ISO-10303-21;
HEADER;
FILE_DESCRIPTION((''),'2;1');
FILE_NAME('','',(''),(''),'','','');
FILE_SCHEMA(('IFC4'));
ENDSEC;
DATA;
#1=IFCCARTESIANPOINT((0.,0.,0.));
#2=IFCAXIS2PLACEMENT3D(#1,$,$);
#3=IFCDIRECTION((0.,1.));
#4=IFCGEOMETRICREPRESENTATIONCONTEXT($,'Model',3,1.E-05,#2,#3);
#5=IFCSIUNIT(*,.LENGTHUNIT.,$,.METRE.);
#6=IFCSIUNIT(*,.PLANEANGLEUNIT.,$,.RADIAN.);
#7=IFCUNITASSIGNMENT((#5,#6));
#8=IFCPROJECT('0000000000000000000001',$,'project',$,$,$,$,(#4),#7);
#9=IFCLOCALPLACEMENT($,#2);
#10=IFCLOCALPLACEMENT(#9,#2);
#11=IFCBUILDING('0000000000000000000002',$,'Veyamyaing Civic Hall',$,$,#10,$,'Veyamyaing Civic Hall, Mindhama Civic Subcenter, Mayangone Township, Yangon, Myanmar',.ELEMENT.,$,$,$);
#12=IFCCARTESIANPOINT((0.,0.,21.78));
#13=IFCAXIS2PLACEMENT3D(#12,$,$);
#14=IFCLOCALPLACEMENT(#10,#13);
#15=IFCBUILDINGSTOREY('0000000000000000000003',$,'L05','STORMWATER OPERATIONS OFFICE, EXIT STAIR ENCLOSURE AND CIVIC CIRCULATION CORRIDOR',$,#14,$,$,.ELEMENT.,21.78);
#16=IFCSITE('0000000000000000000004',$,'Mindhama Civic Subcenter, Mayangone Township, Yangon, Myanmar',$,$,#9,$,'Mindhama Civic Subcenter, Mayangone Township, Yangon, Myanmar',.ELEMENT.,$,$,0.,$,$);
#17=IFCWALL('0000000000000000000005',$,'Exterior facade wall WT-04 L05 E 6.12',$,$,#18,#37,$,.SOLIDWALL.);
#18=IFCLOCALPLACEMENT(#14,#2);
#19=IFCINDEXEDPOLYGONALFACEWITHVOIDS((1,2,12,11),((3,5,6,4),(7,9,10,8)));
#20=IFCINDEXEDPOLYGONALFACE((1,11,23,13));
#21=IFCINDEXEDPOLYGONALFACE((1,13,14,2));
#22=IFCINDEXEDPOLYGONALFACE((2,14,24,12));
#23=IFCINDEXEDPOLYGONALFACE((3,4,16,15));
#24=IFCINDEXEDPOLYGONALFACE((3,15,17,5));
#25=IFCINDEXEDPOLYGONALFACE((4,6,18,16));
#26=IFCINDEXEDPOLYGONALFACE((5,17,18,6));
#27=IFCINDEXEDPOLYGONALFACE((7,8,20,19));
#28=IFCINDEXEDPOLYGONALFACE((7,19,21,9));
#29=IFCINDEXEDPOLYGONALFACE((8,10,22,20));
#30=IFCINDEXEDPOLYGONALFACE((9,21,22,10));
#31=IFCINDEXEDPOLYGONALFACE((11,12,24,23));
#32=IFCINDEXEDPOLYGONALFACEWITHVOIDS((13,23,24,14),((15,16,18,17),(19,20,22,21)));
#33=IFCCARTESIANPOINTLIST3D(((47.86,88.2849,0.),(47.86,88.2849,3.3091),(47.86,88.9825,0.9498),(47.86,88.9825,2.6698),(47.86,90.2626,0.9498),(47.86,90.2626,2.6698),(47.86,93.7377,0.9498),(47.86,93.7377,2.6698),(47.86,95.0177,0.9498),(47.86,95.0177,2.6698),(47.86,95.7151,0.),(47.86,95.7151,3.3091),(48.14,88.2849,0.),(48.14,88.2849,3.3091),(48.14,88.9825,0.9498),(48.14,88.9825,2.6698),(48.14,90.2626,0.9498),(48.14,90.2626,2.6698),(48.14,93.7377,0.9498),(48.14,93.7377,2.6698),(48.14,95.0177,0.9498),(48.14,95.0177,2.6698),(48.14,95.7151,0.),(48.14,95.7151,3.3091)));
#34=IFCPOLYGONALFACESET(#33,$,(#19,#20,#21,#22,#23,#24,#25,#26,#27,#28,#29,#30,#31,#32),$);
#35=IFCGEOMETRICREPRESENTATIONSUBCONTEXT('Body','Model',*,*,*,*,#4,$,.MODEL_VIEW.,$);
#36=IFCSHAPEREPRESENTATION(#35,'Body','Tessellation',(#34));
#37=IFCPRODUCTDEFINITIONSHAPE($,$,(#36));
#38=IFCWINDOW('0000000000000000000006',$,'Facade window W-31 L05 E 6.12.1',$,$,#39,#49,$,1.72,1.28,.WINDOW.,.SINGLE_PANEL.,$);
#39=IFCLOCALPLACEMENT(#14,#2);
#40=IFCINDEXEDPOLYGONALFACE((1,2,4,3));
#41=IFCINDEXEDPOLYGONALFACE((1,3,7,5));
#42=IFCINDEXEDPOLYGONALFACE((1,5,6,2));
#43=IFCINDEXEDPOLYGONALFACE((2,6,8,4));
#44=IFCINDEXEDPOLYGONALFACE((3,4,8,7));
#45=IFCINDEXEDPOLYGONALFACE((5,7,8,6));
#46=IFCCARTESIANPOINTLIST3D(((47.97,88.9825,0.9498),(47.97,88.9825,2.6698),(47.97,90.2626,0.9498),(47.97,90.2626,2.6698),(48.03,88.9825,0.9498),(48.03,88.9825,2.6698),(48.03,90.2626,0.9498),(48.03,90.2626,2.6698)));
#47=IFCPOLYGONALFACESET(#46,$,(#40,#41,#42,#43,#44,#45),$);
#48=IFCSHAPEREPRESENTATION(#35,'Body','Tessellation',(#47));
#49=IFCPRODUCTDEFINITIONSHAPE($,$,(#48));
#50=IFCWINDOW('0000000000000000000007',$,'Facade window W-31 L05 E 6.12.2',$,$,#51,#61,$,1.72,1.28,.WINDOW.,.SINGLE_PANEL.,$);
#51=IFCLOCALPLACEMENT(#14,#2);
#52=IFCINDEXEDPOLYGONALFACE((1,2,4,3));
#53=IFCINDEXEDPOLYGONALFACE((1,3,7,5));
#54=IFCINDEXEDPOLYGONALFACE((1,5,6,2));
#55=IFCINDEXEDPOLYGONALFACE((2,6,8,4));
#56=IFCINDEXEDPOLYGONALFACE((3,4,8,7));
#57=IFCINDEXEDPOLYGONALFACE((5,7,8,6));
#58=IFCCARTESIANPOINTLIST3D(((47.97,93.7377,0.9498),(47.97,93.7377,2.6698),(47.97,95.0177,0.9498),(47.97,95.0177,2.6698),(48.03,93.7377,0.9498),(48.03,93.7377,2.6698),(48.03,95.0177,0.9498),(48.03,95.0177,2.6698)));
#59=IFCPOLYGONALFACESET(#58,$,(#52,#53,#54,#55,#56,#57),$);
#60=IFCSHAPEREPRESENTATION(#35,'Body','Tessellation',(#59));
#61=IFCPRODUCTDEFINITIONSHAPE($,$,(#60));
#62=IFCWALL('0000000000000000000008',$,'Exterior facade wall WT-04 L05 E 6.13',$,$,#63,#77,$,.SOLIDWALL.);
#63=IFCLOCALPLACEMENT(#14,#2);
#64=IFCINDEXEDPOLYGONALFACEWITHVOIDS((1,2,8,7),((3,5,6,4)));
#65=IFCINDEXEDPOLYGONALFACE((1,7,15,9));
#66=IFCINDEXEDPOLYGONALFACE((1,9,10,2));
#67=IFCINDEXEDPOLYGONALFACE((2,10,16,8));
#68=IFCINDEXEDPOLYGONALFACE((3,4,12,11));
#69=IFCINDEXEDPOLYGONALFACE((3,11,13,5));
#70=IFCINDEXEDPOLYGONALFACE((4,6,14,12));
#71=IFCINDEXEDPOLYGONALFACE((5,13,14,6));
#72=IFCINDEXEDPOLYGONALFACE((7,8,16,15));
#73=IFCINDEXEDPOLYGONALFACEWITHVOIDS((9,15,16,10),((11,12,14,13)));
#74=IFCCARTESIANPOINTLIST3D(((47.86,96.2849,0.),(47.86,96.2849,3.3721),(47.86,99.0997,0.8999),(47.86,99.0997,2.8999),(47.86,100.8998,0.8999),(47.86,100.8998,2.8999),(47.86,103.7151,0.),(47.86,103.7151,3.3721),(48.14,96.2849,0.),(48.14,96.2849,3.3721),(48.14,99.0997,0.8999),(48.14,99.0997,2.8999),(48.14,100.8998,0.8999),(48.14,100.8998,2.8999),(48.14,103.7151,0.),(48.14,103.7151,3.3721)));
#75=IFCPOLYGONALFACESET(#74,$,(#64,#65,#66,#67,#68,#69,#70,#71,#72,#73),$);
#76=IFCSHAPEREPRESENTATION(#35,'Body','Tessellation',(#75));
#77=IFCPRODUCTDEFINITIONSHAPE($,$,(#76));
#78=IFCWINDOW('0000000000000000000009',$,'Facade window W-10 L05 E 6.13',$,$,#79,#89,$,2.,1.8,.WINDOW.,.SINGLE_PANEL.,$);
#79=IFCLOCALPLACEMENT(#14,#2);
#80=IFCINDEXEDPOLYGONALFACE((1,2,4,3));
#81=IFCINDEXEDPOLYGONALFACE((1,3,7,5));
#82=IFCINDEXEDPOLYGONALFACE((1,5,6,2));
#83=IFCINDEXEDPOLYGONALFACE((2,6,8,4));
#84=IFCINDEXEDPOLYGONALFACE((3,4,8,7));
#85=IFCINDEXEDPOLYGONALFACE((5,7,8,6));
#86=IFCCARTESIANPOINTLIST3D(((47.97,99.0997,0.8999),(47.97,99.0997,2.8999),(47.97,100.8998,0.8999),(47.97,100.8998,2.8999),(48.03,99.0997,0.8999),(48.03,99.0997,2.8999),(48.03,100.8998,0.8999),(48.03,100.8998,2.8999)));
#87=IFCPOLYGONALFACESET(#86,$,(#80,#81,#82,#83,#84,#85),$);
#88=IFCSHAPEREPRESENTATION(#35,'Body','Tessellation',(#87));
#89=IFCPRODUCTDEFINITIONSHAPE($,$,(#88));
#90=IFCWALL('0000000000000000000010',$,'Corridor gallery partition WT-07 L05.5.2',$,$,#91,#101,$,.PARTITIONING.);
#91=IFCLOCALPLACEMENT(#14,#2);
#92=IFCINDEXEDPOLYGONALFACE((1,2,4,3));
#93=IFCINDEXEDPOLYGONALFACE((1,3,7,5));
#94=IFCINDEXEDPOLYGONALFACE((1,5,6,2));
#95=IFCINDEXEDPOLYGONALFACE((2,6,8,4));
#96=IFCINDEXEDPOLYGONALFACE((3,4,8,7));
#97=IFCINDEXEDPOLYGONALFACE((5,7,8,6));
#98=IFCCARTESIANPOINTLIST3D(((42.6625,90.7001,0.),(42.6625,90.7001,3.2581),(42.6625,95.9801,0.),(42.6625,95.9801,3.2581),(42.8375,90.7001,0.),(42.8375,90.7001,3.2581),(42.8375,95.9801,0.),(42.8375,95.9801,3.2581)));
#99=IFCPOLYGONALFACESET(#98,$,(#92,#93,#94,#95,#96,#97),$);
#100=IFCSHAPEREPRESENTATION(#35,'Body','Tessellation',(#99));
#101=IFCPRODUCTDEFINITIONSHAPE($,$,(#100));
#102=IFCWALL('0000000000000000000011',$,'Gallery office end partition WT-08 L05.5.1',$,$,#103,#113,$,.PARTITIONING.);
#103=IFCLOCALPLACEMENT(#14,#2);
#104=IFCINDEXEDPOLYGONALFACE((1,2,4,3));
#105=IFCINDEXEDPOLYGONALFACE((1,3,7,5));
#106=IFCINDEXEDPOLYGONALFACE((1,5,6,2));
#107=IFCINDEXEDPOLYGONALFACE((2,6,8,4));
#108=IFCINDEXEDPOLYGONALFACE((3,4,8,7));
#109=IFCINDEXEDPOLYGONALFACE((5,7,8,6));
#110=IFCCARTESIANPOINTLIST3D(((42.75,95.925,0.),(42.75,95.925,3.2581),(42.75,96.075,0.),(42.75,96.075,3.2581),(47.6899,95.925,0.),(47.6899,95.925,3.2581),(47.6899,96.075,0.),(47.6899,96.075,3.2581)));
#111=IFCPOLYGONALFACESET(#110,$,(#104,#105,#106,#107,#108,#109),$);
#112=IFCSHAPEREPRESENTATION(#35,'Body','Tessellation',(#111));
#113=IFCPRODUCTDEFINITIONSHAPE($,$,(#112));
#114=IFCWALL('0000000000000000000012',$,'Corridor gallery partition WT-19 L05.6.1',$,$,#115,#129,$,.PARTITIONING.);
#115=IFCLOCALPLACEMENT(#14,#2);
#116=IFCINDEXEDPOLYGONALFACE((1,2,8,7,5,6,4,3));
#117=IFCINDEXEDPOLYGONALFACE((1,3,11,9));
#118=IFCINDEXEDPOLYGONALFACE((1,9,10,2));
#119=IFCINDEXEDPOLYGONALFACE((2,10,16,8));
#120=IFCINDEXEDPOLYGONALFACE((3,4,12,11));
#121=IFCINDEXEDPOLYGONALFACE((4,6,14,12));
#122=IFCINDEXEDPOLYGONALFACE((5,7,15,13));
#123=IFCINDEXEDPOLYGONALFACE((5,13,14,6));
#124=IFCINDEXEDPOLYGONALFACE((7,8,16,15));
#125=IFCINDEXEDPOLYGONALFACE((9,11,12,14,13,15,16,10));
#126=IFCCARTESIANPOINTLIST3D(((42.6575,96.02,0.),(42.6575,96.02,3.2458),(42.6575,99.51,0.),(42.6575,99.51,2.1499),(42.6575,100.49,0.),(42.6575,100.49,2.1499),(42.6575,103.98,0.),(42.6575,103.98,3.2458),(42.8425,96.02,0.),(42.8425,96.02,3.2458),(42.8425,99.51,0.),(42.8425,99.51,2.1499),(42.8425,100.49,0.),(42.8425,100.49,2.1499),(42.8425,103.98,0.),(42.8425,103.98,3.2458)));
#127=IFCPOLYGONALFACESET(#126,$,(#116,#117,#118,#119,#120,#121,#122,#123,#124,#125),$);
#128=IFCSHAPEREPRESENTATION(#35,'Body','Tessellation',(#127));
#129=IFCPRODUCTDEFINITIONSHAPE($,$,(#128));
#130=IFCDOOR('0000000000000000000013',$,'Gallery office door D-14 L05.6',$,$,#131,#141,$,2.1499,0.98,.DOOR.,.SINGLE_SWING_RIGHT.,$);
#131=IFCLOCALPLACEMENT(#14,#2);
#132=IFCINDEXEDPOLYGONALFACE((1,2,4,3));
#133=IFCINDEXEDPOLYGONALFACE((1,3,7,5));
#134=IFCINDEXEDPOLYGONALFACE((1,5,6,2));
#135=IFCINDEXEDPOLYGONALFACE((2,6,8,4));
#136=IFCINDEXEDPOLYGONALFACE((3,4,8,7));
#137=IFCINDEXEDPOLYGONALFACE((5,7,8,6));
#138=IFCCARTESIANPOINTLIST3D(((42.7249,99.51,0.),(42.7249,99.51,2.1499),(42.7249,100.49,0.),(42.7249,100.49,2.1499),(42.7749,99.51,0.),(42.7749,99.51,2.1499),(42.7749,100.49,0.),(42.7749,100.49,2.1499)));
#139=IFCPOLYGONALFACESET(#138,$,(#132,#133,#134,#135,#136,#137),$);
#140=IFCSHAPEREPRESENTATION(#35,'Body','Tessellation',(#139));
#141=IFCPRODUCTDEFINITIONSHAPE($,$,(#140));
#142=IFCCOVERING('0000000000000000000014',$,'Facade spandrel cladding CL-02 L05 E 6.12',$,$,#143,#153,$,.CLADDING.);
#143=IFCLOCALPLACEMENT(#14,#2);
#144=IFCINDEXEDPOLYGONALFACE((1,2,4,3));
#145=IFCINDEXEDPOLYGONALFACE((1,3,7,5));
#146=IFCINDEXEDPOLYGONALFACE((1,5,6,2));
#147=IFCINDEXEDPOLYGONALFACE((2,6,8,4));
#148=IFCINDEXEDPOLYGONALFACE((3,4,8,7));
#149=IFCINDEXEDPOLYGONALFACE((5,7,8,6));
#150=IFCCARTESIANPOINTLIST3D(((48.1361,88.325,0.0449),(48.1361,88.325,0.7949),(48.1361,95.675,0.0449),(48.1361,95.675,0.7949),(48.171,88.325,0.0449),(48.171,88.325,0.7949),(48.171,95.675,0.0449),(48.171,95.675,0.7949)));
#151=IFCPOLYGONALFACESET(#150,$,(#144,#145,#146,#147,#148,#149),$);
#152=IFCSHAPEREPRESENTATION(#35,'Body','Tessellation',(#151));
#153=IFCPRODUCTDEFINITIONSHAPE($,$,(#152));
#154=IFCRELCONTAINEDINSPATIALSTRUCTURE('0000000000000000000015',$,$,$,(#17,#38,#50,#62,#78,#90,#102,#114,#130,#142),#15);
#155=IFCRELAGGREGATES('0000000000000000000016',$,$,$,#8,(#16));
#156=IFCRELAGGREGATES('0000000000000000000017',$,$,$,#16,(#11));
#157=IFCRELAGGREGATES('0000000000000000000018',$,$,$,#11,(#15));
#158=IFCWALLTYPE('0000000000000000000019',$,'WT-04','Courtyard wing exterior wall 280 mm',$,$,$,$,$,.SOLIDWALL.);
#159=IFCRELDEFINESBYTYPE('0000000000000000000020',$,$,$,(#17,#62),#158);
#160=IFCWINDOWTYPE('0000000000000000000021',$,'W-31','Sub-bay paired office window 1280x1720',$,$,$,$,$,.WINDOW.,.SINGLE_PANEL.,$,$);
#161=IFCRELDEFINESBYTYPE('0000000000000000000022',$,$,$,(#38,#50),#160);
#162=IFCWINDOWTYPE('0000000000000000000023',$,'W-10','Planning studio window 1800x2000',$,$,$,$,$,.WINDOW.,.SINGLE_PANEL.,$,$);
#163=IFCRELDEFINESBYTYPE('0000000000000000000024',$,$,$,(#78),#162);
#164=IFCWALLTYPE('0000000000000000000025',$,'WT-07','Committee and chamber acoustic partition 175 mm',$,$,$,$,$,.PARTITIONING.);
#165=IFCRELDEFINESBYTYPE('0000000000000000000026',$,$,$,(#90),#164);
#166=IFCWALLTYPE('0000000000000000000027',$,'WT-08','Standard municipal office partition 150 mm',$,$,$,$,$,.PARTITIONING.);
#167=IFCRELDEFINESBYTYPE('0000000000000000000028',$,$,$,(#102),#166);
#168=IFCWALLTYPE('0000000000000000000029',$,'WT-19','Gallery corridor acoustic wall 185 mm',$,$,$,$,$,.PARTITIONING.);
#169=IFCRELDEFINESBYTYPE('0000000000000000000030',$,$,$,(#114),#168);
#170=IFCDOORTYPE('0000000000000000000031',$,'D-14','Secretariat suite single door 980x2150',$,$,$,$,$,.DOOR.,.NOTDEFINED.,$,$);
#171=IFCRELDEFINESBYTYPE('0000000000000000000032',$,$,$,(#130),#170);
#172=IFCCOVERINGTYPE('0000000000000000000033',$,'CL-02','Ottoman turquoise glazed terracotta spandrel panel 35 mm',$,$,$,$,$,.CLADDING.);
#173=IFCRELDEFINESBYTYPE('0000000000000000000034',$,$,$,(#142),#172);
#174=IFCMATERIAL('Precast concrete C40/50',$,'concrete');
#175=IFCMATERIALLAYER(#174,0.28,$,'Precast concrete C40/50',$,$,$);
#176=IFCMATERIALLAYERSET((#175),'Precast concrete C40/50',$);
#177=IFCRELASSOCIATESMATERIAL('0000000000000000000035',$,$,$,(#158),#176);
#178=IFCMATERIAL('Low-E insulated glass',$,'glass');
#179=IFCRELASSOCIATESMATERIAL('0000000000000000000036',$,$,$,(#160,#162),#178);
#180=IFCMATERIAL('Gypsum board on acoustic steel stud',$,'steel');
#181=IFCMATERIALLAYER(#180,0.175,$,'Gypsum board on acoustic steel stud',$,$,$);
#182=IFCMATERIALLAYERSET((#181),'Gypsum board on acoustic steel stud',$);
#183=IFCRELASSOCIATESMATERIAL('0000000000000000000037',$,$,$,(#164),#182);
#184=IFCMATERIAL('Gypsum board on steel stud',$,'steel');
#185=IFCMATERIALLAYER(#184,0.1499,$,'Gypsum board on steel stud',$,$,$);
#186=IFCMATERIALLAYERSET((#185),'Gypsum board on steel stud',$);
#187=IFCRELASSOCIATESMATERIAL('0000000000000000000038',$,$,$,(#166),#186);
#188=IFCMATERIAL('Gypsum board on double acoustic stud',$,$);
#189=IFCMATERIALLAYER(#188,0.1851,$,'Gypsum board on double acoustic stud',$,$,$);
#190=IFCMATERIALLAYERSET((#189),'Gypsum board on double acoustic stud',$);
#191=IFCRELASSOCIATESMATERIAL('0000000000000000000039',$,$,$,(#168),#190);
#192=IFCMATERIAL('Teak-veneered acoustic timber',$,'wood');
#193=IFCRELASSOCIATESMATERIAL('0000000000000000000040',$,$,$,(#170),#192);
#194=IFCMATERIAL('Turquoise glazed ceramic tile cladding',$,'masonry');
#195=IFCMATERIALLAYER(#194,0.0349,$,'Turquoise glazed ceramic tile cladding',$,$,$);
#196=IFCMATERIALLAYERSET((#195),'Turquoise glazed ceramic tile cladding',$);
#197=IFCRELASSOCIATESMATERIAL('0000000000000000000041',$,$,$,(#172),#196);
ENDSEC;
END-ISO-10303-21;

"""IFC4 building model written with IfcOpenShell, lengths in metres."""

from ifc_helpers import new_model, si_unit, direction, frame, frame_2d, origin, origin_2d, place, context, subcontext, project, spatial, rectangle, extrude, material, layer, layer_set, type_object, element, fill, save


model = new_model("IFC4")

# Units and contexts
model_context = context("Model", 3, precision=1e-05, world=origin(), true_north=direction((0.0, 1.0)))
body_context = subcontext(model_context, "Body", "Model", "MODEL_VIEW")
ifc_project = project(units=[si_unit("LENGTHUNIT", "METRE"), si_unit("PLANEANGLEUNIT", "RADIAN")], contexts=[model_context])

# Site, building, storey
site_placement = place(None, origin())
site = spatial("IfcSite", under=ifc_project, at=site_placement, Name="Mindhama Civic Subcenter, Mayangone Township, Yangon, Myanmar", LongName="Mindhama Civic Subcenter, Mayangone Township, Yangon, Myanmar", CompositionType="ELEMENT", RefElevation=0.0)
building_placement = place(site_placement, origin())
building = spatial("IfcBuilding", under=site, at=building_placement, Name="Veyamyaing Civic Hall", LongName="Veyamyaing Civic Hall, Mindhama Civic Subcenter, Mayangone Township, Yangon, Myanmar", CompositionType="ELEMENT")
storey_placement = place(building_placement, frame((0.0, 0.0, 21.78)))
storey = spatial("IfcBuildingStorey", under=building, at=storey_placement, Name="L05", Description="STORMWATER OPERATIONS OFFICE, EXIT STAIR ENCLOSURE AND CIVIC CIRCULATION CORRIDOR", CompositionType="ELEMENT", Elevation=21.78)

# Wall, openings, windows
ifc_material_1 = material(Name="Precast concrete C40/50", Category="concrete")
ifc_layer_1 = layer(ifc_material_1, 0.28, Name="Precast concrete C40/50")
ifc_layer_set_1 = layer_set([ifc_layer_1], Name="Precast concrete C40/50")
wall_type_1 = type_object("IfcWallType", Name="WT-04", Description="Courtyard wing exterior wall 280 mm", PredefinedType="SOLIDWALL", material=ifc_layer_set_1)
ifc_material_2 = material(Name="Low-E insulated glass", Category="glass")
window_type_1 = type_object("IfcWindowType", Name="W-31", Description="Sub-bay paired office window 1280x1720", PartitioningType="SINGLE_PANEL", PredefinedType="WINDOW", material=ifc_material_2)
wall_1_placement = place(storey_placement, frame((48.0, 88.2849, 0.0), z_axis=(0.0, 0.0, 1.0), x_axis=(0.0, 1.0, 0.0)))
wall_1 = element("IfcWall", 1, at=wall_1_placement, inside=storey, type_object=wall_type_1, Name="Exterior facade wall WT-04 L05 E 6.12", PredefinedType="SOLIDWALL", context=body_context, shape_type="SweptSolid", body=[
    extrude(rectangle(XDim=7.4302, YDim=0.28, at=frame_2d((3.7151, 0.0))), origin(), (0.0, 0.0, 1.0), 3.3091),
])
opening_1_placement = place(wall_1_placement, frame((0.6975, 0.0, 0.95)))
opening_1 = element("IfcOpeningElement", 2, at=opening_1_placement, cuts=wall_1, PredefinedType="OPENING", context=body_context, shape_type="SweptSolid", body=[
    extrude(rectangle(XDim=1.28, YDim=1.72, at=frame_2d((0.6401, 0.8599))), frame((0.0, 0.1499, 0.0), z_axis=(0.0, -1.0, 0.0), x_axis=(1.0, 0.0, 0.0)), (0.0, 0.0, 1.0), 0.3),
])
opening_2_placement = place(wall_1_placement, frame((5.4526, 0.0, 0.95)))
opening_2 = element("IfcOpeningElement", 3, at=opening_2_placement, cuts=wall_1, PredefinedType="OPENING", context=body_context, shape_type="SweptSolid", body=[
    extrude(rectangle(XDim=1.28, YDim=1.72, at=frame_2d((0.6401, 0.8599))), frame((0.0, 0.1499, 0.0), z_axis=(0.0, -1.0, 0.0), x_axis=(1.0, 0.0, 0.0)), (0.0, 0.0, 1.0), 0.3),
])
window_1_placement = place(opening_1_placement, origin())
window_1 = element("IfcWindow", 4, at=window_1_placement, inside=storey, type_object=window_type_1, Name="Facade window W-31 L05 E 6.12.1", OverallHeight=1.72, OverallWidth=1.28, PartitioningType="SINGLE_PANEL", PredefinedType="WINDOW", context=body_context, shape_type="SweptSolid", body=[
    extrude(rectangle(XDim=1.28, YDim=1.72, at=frame_2d((0.6401, 0.8599))), frame((0.0, 0.03, 0.0), z_axis=(0.0, -1.0, 0.0), x_axis=(1.0, 0.0, 0.0)), (0.0, 0.0, 1.0), 0.0601),
])
fill(opening_1, window_1)
window_2_placement = place(opening_2_placement, origin())
window_2 = element("IfcWindow", 5, at=window_2_placement, inside=storey, type_object=window_type_1, Name="Facade window W-31 L05 E 6.12.2", OverallHeight=1.72, OverallWidth=1.28, PartitioningType="SINGLE_PANEL", PredefinedType="WINDOW", context=body_context, shape_type="SweptSolid", body=[
    extrude(rectangle(XDim=1.28, YDim=1.72, at=frame_2d((0.6401, 0.8599))), frame((0.0, 0.03, 0.0), z_axis=(0.0, -1.0, 0.0), x_axis=(1.0, 0.0, 0.0)), (0.0, 0.0, 1.0), 0.0601),
])
fill(opening_2, window_2)

# Wall, opening, window
wall_2_placement = place(storey_placement, frame((48.0, 96.2849, 0.0), z_axis=(0.0, 0.0, 1.0), x_axis=(0.0, 1.0, 0.0)))
wall_2 = element("IfcWall", 6, at=wall_2_placement, inside=storey, type_object=wall_type_1, Name="Exterior facade wall WT-04 L05 E 6.13", PredefinedType="SOLIDWALL", context=body_context, shape_type="SweptSolid", body=[
    extrude(rectangle(XDim=7.4302, YDim=0.28, at=frame_2d((3.7151, 0.0))), origin(), (0.0, 0.0, 1.0), 3.3721),
])
opening_3_placement = place(wall_2_placement, frame((2.8149, 0.0, 0.8999)))
opening_3 = element("IfcOpeningElement", 7, at=opening_3_placement, cuts=wall_2, PredefinedType="OPENING", context=body_context, shape_type="SweptSolid", body=[
    extrude(rectangle(XDim=1.8, YDim=2.0, at=frame_2d((0.8999, 1.0))), frame((0.0, 0.1499, 0.0), z_axis=(0.0, -1.0, 0.0), x_axis=(1.0, 0.0, 0.0)), (0.0, 0.0, 1.0), 0.3),
])
window_type_2 = type_object("IfcWindowType", Name="W-10", Description="Planning studio window 1800x2000", PartitioningType="SINGLE_PANEL", PredefinedType="WINDOW", material=ifc_material_2)
window_3_placement = place(opening_3_placement, origin())
window_3 = element("IfcWindow", 8, at=window_3_placement, inside=storey, type_object=window_type_2, Name="Facade window W-10 L05 E 6.13", OverallHeight=2.0, OverallWidth=1.8, PartitioningType="SINGLE_PANEL", PredefinedType="WINDOW", context=body_context, shape_type="SweptSolid", body=[
    extrude(rectangle(XDim=1.8, YDim=2.0, at=frame_2d((0.8999, 1.0))), frame((0.0, 0.03, 0.0), z_axis=(0.0, -1.0, 0.0), x_axis=(1.0, 0.0, 0.0)), (0.0, 0.0, 1.0), 0.0601),
])
fill(opening_3, window_3)

# Shared definitions
ifc_material_3 = material(Name="Gypsum board on acoustic steel stud", Category="steel")
ifc_layer_2 = layer(ifc_material_3, 0.175, Name="Gypsum board on acoustic steel stud")
ifc_layer_set_2 = layer_set([ifc_layer_2], Name="Gypsum board on acoustic steel stud")
wall_type_2 = type_object("IfcWallType", Name="WT-07", Description="Committee and chamber acoustic partition 175 mm", PredefinedType="PARTITIONING", material=ifc_layer_set_2)
ifc_material_4 = material(Name="Teak-veneered acoustic timber", Category="wood")

# Walls
wall_3_placement = place(storey_placement, frame((42.75, 90.7, 0.0), z_axis=(0.0, 0.0, 1.0), x_axis=(0.0, 1.0, 0.0)))
element("IfcWall", 9, at=wall_3_placement, inside=storey, type_object=wall_type_2, Name="Corridor gallery partition WT-07 L05.5.2", PredefinedType="PARTITIONING", context=body_context, shape_type="SweptSolid", body=[
    extrude(rectangle(XDim=5.28, YDim=0.175, at=frame_2d((2.6401, 0.0))), origin(), (0.0, 0.0, 1.0), 3.2581),
])
ifc_material_5 = material(Name="Gypsum board on steel stud", Category="steel")
ifc_layer_3 = layer(ifc_material_5, 0.1499, Name="Gypsum board on steel stud")
ifc_layer_set_3 = layer_set([ifc_layer_3], Name="Gypsum board on steel stud")
wall_type_3 = type_object("IfcWallType", Name="WT-08", Description="Standard municipal office partition 150 mm", PredefinedType="PARTITIONING", material=ifc_layer_set_3)
wall_4_placement = place(storey_placement, frame((42.75, 96.0, 0.0), z_axis=(0.0, 0.0, 1.0), x_axis=(1.0, 0.0, 0.0)))
element("IfcWall", 10, at=wall_4_placement, inside=storey, type_object=wall_type_3, Name="Gallery office end partition WT-08 L05.5.1", PredefinedType="PARTITIONING", context=body_context, shape_type="SweptSolid", body=[
    extrude(rectangle(XDim=4.9399, YDim=0.1499, at=frame_2d((2.47, 0.0))), origin(), (0.0, 0.0, 1.0), 3.2581),
])

# Wall, opening, door
ifc_material_6 = material(Name="Gypsum board on double acoustic stud")
ifc_layer_4 = layer(ifc_material_6, 0.1851, Name="Gypsum board on double acoustic stud")
ifc_layer_set_4 = layer_set([ifc_layer_4], Name="Gypsum board on double acoustic stud")
wall_type_4 = type_object("IfcWallType", Name="WT-19", Description="Gallery corridor acoustic wall 185 mm", PredefinedType="PARTITIONING", material=ifc_layer_set_4)
wall_5_placement = place(storey_placement, frame((42.75, 96.02, 0.0), z_axis=(0.0, 0.0, 1.0), x_axis=(0.0, 1.0, 0.0)))
wall_5 = element("IfcWall", 11, at=wall_5_placement, inside=storey, type_object=wall_type_4, Name="Corridor gallery partition WT-19 L05.6.1", PredefinedType="PARTITIONING", context=body_context, shape_type="SweptSolid", body=[
    extrude(rectangle(XDim=7.96, YDim=0.1851, at=frame_2d((3.98, 0.0))), origin(), (0.0, 0.0, 1.0), 3.2458),
])
opening_4_placement = place(wall_5_placement, frame((3.49, 0.0, 0.0)))
opening_4 = element("IfcOpeningElement", 12, at=opening_4_placement, cuts=wall_5, PredefinedType="OPENING", context=body_context, shape_type="SweptSolid", body=[
    extrude(rectangle(XDim=0.98, YDim=2.1499, at=frame_2d((0.49, 1.075))), frame((0.0, 0.1025, 0.0), z_axis=(0.0, -1.0, 0.0), x_axis=(1.0, 0.0, 0.0)), (0.0, 0.0, 1.0), 0.2051),
])
door_type_1 = type_object("IfcDoorType", Name="D-14", Description="Secretariat suite single door 980x2150", OperationType="NOTDEFINED", PredefinedType="DOOR", material=ifc_material_4)
door_1_placement = place(opening_4_placement, frame((0.98, 0.0, 0.0), z_axis=(0.0, 0.0, 1.0), x_axis=(-1.0, 0.0, 0.0)))
door_1 = element("IfcDoor", 13, at=door_1_placement, inside=storey, type_object=door_type_1, Name="Gallery office door D-14 L05.6", OperationType="SINGLE_SWING_RIGHT", OverallHeight=2.1499, OverallWidth=0.98, PredefinedType="DOOR", context=body_context, shape_type="SweptSolid", body=[
    extrude(rectangle(XDim=0.98, YDim=2.1499, at=frame_2d((0.49, 1.075))), frame((0.0, 0.0249, 0.0), z_axis=(0.0, -1.0, 0.0), x_axis=(1.0, 0.0, 0.0)), (0.0, 0.0, 1.0), 0.05),
])
fill(opening_4, door_1)

# Covering
ifc_material_7 = material(Name="Turquoise glazed ceramic tile cladding", Category="masonry")
ifc_layer_5 = layer(ifc_material_7, 0.0349, Name="Turquoise glazed ceramic tile cladding")
ifc_layer_set_5 = layer_set([ifc_layer_5], Name="Turquoise glazed ceramic tile cladding")
covering_type_1 = type_object("IfcCoveringType", Name="CL-02", Description="Ottoman turquoise glazed terracotta spandrel panel 35 mm", PredefinedType="CLADDING", material=ifc_layer_set_5)
covering_placement = place(storey_placement, frame((48.1536, 92.0, 0.0449), z_axis=(0.0, 0.0, 1.0), x_axis=(0.0, 1.0, 0.0)))
element("IfcCovering", 14, at=covering_placement, inside=storey, type_object=covering_type_1, Name="Facade spandrel cladding CL-02 L05 E 6.12", PredefinedType="CLADDING", context=body_context, shape_type="SweptSolid", body=[
    extrude(rectangle(XDim=7.3501, YDim=0.0349, at=origin_2d()), origin(), (0.0, 0.0, 1.0), 0.75),
])

save(model, "model.ifc")
